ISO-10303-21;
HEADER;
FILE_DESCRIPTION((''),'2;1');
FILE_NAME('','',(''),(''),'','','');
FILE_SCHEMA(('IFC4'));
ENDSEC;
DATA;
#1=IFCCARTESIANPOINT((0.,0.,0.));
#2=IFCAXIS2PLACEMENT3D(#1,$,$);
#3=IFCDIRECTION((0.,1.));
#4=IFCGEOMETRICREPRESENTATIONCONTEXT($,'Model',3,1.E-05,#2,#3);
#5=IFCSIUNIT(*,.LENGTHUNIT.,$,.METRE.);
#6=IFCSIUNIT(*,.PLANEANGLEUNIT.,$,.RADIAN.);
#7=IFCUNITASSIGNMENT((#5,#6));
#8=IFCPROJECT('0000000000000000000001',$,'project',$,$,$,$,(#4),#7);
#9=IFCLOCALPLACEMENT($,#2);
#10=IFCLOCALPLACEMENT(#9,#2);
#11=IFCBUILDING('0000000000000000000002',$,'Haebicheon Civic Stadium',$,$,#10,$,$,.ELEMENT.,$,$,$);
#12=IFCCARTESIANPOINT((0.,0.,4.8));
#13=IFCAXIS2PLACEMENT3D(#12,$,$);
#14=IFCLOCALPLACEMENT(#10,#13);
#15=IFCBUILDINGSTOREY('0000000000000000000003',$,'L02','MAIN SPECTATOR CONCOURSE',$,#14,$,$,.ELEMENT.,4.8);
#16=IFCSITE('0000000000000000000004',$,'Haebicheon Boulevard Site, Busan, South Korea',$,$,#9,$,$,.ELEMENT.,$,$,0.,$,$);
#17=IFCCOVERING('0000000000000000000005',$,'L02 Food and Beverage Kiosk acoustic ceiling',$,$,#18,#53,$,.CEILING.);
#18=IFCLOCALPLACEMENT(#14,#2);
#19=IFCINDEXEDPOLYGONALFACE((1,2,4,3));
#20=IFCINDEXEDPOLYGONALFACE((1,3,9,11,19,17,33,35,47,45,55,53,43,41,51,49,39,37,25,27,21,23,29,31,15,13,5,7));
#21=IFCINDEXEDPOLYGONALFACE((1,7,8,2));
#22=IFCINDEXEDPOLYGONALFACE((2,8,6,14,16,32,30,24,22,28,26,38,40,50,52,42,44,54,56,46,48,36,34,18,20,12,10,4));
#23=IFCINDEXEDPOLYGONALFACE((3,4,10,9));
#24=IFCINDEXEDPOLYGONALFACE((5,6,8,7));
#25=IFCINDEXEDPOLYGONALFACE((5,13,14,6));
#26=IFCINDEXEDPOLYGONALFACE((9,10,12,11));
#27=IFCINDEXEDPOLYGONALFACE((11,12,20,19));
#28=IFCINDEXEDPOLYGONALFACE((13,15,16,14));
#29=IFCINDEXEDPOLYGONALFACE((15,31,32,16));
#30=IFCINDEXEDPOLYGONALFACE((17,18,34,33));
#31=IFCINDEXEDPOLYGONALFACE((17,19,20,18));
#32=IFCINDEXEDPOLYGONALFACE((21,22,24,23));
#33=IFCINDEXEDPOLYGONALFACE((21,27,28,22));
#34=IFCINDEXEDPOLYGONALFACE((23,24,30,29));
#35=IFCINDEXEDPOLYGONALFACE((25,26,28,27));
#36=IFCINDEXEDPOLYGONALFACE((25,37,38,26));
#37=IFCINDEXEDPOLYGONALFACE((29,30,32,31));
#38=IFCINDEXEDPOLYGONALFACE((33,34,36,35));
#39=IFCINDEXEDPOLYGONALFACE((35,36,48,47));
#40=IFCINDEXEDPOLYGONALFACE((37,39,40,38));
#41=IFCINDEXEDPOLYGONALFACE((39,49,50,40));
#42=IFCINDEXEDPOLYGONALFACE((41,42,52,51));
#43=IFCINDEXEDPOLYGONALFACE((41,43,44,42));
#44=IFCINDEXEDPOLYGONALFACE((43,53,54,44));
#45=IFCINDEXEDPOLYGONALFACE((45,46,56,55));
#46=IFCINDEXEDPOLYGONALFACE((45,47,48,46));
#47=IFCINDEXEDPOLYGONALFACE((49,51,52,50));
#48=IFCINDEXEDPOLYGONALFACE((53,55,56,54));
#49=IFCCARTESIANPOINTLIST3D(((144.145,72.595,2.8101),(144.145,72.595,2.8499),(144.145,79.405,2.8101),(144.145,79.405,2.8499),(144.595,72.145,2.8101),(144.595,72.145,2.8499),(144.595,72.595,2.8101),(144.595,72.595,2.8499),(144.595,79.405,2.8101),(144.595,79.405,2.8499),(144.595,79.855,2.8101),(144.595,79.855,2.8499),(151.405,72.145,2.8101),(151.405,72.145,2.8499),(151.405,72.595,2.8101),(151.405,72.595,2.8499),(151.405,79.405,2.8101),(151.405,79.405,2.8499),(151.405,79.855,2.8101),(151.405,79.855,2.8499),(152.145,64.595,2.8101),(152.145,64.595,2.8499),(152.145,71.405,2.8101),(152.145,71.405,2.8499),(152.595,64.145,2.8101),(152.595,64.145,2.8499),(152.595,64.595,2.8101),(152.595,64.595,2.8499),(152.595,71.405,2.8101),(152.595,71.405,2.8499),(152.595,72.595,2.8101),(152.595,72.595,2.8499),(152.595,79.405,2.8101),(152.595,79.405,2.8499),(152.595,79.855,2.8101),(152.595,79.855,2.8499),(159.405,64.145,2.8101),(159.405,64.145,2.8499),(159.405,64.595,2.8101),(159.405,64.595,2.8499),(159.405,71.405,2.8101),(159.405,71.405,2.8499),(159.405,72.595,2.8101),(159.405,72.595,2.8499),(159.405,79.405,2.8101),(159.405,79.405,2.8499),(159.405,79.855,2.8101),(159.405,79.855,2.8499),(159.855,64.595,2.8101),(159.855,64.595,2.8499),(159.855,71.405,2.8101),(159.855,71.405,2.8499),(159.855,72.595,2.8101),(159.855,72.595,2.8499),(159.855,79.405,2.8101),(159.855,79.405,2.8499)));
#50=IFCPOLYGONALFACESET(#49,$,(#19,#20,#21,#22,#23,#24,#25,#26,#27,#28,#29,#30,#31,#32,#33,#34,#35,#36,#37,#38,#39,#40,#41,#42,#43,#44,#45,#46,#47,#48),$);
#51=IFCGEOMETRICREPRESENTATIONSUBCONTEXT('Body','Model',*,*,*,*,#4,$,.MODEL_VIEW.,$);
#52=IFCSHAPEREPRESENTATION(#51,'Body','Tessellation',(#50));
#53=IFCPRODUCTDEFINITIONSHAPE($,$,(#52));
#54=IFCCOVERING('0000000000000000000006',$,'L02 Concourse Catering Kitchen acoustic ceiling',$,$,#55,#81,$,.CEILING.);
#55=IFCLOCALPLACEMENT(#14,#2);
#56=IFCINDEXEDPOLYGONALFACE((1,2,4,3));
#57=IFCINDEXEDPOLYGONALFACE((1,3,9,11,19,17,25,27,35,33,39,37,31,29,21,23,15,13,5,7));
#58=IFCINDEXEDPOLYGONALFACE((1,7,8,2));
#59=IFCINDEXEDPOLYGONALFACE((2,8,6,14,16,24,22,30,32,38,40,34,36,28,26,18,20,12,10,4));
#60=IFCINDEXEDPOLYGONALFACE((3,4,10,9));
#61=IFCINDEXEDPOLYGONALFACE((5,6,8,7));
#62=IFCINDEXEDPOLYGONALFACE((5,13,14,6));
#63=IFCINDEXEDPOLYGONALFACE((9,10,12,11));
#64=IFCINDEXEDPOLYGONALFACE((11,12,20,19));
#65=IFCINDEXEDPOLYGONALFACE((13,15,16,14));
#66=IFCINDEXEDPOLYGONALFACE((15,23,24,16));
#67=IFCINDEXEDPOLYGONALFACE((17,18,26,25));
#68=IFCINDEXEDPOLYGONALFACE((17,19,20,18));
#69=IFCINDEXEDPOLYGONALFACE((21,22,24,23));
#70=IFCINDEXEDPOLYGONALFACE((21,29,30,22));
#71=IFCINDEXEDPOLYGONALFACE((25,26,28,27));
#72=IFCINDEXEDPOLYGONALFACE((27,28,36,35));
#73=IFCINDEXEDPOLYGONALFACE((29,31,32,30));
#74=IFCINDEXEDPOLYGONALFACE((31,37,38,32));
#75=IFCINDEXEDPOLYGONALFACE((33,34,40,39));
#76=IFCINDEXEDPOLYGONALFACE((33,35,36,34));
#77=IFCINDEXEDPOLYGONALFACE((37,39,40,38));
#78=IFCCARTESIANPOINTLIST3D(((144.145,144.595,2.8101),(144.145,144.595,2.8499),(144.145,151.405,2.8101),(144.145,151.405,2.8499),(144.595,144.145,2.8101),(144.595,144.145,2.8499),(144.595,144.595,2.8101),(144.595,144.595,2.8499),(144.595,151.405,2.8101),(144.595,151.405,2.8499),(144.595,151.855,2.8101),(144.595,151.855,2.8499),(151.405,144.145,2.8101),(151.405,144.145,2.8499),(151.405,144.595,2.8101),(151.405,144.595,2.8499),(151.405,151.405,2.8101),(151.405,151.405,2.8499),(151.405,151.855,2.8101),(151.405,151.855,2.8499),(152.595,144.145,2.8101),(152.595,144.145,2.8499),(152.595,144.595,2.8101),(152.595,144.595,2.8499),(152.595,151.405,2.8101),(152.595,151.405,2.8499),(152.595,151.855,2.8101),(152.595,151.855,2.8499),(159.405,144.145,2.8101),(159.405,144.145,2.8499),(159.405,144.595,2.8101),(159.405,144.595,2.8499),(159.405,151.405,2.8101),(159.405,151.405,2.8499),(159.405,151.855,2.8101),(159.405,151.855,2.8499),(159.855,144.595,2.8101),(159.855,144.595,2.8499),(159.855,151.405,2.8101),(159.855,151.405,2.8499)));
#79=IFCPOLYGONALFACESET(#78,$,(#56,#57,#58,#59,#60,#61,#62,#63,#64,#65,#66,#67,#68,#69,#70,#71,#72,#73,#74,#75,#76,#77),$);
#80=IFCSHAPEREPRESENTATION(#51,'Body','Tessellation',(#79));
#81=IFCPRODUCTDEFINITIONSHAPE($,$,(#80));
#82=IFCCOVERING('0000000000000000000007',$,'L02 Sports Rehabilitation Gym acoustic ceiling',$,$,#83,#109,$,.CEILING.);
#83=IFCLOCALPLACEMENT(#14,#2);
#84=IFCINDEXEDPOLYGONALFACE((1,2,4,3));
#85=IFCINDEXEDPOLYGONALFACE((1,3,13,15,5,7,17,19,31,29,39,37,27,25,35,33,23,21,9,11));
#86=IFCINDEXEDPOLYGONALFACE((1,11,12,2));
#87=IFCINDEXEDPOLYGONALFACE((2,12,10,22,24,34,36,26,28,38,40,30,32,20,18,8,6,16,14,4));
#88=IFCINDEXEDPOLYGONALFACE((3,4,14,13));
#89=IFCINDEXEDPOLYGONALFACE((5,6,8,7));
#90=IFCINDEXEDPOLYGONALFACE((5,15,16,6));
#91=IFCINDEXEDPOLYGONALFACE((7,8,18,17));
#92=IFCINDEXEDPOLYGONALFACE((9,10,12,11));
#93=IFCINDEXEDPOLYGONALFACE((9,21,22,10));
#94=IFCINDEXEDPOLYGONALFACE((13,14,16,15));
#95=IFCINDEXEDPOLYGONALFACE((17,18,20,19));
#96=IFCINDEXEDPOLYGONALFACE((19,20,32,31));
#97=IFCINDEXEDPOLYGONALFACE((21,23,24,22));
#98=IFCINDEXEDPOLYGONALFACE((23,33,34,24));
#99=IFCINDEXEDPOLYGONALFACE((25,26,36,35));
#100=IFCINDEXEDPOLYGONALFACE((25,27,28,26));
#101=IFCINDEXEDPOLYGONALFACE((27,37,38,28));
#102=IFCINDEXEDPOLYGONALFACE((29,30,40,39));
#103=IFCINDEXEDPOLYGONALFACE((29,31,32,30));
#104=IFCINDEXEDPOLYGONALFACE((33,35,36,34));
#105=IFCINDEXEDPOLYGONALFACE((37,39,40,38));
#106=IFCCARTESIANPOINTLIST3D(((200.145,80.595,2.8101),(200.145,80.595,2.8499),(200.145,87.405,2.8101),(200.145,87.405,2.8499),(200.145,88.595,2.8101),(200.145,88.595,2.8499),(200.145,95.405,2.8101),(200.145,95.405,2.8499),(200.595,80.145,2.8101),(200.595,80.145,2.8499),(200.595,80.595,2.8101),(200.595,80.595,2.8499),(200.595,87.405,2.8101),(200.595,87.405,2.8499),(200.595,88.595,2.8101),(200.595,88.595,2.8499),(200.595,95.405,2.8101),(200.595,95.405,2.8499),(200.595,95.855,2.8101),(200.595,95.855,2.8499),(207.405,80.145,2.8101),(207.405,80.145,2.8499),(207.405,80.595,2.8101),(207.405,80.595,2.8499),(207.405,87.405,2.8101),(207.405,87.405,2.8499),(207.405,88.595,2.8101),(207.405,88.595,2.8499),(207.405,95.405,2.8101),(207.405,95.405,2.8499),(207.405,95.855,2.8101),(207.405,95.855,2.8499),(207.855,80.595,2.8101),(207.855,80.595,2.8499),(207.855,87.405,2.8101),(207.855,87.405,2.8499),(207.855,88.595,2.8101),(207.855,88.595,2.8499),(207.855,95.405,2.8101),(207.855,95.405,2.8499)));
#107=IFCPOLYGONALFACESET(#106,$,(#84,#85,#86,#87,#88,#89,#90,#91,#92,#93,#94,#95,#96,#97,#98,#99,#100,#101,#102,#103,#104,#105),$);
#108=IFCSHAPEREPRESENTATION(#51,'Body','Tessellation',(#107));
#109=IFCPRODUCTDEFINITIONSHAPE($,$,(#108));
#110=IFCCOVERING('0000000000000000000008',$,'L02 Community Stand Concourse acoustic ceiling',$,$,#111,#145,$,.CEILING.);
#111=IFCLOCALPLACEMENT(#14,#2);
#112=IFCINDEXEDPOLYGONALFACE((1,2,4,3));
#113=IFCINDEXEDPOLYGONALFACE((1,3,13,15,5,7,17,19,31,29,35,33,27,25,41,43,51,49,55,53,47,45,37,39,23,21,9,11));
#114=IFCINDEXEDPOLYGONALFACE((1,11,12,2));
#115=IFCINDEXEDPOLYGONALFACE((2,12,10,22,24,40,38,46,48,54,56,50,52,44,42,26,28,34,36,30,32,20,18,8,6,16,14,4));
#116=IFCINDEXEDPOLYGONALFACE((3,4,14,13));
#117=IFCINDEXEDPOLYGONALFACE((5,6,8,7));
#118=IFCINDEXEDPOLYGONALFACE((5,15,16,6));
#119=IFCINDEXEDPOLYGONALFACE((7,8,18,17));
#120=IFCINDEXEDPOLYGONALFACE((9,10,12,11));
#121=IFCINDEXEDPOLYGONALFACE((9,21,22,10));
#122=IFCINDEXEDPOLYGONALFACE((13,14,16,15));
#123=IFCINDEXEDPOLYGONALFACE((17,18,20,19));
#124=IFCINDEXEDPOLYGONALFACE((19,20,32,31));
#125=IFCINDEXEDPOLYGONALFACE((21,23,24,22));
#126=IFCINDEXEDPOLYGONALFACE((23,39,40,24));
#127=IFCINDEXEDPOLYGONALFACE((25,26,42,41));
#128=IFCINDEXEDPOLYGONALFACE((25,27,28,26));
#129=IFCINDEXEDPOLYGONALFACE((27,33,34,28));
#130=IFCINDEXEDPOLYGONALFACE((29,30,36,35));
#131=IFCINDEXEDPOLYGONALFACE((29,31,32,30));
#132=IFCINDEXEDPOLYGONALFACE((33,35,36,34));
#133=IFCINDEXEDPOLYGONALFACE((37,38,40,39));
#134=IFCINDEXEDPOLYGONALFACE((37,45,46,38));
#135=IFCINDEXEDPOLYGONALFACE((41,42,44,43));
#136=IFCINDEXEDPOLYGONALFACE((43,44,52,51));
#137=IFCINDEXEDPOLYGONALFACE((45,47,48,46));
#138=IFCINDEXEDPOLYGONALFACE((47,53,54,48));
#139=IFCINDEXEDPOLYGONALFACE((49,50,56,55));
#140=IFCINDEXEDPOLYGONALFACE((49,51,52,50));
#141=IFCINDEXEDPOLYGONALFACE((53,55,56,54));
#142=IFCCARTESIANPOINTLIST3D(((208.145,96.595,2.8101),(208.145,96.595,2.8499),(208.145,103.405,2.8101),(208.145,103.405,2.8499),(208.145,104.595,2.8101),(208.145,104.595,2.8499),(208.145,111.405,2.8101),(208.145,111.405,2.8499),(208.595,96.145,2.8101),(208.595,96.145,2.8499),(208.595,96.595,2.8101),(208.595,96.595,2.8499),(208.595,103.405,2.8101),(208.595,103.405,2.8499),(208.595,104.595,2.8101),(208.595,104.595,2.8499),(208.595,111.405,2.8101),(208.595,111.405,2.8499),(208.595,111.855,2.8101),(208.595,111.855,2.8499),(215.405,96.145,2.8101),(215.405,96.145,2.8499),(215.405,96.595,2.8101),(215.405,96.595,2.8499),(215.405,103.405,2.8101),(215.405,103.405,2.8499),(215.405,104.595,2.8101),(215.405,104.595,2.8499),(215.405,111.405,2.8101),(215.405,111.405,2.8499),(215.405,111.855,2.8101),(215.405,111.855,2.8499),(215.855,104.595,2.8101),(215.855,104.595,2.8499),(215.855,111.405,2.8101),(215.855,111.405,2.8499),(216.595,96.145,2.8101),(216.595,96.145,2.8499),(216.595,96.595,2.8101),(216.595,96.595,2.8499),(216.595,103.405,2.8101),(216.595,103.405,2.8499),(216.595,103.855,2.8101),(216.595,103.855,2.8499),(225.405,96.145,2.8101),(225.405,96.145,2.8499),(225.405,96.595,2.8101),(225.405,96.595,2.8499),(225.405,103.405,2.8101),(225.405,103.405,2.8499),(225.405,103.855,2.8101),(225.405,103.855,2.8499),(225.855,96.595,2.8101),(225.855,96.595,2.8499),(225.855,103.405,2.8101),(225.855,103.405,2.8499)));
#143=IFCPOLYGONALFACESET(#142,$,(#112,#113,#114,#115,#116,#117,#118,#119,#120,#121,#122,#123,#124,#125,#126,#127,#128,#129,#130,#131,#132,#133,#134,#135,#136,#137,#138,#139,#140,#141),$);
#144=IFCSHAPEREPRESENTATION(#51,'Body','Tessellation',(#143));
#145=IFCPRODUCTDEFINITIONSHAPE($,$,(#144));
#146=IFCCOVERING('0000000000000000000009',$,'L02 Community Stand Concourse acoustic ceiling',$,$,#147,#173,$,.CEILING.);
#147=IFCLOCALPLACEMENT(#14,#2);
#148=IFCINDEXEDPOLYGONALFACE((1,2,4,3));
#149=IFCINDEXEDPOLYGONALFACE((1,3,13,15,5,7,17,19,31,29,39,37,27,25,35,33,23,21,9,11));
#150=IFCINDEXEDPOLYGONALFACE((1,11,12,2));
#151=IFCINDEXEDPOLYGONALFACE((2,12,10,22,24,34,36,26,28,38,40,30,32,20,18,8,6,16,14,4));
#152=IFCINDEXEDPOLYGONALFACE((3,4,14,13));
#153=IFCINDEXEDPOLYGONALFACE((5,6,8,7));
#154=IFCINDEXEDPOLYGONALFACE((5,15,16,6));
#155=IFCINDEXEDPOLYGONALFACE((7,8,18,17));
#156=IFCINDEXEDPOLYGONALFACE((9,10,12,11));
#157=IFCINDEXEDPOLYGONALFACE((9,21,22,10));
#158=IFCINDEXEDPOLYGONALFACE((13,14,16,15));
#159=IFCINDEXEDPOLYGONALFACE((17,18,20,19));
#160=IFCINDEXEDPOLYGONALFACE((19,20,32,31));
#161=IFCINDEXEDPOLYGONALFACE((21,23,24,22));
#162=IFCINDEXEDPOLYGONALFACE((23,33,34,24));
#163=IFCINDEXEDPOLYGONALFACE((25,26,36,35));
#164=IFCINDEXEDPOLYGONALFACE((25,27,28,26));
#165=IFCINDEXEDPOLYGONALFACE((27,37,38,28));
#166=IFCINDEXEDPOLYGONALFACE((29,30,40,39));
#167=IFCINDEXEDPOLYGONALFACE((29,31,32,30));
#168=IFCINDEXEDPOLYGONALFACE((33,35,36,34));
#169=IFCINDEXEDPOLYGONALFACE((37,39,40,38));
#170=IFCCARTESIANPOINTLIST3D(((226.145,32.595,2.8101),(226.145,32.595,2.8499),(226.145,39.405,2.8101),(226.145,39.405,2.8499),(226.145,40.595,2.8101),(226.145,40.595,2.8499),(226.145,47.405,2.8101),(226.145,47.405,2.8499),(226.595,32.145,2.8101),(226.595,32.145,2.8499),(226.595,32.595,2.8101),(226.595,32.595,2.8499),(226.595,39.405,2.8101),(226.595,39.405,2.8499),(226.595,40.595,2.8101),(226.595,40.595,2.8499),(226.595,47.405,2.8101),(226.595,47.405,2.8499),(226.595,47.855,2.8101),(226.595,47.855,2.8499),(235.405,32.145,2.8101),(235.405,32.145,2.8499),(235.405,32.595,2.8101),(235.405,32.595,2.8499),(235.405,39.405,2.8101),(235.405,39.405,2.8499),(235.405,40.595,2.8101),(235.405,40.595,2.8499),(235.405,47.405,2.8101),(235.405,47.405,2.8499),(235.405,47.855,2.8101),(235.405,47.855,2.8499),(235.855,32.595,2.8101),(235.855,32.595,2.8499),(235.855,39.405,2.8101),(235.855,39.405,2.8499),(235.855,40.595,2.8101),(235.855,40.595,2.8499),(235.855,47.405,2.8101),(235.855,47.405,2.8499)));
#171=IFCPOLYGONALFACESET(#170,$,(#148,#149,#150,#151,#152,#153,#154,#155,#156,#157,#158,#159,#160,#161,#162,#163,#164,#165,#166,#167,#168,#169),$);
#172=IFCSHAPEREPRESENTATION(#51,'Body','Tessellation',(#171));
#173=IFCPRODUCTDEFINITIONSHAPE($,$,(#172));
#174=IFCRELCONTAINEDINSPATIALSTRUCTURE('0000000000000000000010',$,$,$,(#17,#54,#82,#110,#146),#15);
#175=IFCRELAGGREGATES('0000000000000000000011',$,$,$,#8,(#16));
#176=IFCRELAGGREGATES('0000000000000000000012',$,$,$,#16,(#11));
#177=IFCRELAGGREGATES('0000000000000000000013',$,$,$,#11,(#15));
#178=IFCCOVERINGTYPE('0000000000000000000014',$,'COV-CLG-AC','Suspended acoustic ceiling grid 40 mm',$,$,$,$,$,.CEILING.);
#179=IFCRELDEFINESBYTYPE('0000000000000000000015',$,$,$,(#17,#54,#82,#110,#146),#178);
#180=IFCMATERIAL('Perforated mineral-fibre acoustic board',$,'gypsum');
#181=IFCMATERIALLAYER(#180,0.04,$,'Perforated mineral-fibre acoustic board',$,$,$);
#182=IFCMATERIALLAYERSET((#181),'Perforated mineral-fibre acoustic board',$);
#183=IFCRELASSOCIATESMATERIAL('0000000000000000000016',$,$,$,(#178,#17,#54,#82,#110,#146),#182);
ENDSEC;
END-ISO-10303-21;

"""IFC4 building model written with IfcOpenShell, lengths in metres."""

from ifc_helpers import new_model, si_unit, direction, frame, origin, place, context, subcontext, project, spatial, polyline, outline, extrude, material, layer, layer_set, type_object, element, save


model = new_model("IFC4")

# Units and contexts
model_context = context("Model", 3, precision=1e-05, world=origin(), true_north=direction((0.0, 1.0)))
body_context = subcontext(model_context, "Body", "Model", "MODEL_VIEW")
ifc_project = project(units=[si_unit("LENGTHUNIT", "METRE"), si_unit("PLANEANGLEUNIT", "RADIAN")], contexts=[model_context])

# Site, building, storey
site_placement = place(None, origin())
site = spatial("IfcSite", under=ifc_project, at=site_placement, Name="Haebicheon Boulevard Site, Busan, South Korea", CompositionType="ELEMENT", RefElevation=0.0)
building_placement = place(site_placement, origin())
building = spatial("IfcBuilding", under=site, at=building_placement, Name="Haebicheon Civic Stadium", CompositionType="ELEMENT")
storey_placement = place(building_placement, frame((0.0, 0.0, 4.8)))
storey = spatial("IfcBuildingStorey", under=building, at=storey_placement, Name="L02", Description="MAIN SPECTATOR CONCOURSE", CompositionType="ELEMENT", Elevation=4.8)

# Coverings
ifc_material_1 = material(Name="Perforated mineral-fibre acoustic board", Category="gypsum")
ifc_layer_1 = layer(ifc_material_1, 0.04, Name="Perforated mineral-fibre acoustic board")
ifc_layer_set_1 = layer_set([ifc_layer_1], Name="Perforated mineral-fibre acoustic board")
covering_type_1 = type_object("IfcCoveringType", Name="COV-CLG-AC", Description="Suspended acoustic ceiling grid 40 mm", PredefinedType="CEILING", material=ifc_layer_set_1)
covering_1_placement = place(storey_placement, frame((0.0, 0.0, 2.8101)))
element("IfcCovering", 1, at=covering_1_placement, inside=storey, type_object=covering_type_1, material=ifc_layer_set_1, Name="L02 Food and Beverage Kiosk acoustic ceiling", PredefinedType="CEILING", context=body_context, shape_type="SweptSolid", body=[
    extrude(outline(polyline([(152.595, 64.145), (152.595, 64.595), (152.145, 64.595), (152.145, 71.405), (152.595, 71.405), (152.595, 72.595), (151.405, 72.595), (151.405, 72.145), (144.595, 72.145), (144.595, 72.595), (144.145, 72.595), (144.145, 79.405), (144.595, 79.405), (144.595, 79.855), (151.405, 79.855), (151.405, 79.405), (152.595, 79.405), (152.595, 79.855), (159.405, 79.855), (159.405, 79.405), (159.855, 79.405), (159.855, 72.595), (159.405, 72.595), (159.405, 71.405), (159.855, 71.405), (159.855, 64.595), (159.405, 64.595), (159.405, 64.145), (152.595, 64.145)])), origin(), (0.0, 0.0, 1.0), 0.0398),
])
covering_2_placement = place(storey_placement, frame((0.0, 0.0, 2.8101)))
element("IfcCovering", 2, at=covering_2_placement, inside=storey, type_object=covering_type_1, material=ifc_layer_set_1, Name="L02 Concourse Catering Kitchen acoustic ceiling", PredefinedType="CEILING", context=body_context, shape_type="SweptSolid", body=[
    extrude(outline(polyline([(144.145, 151.405), (144.595, 151.405), (144.595, 151.855), (151.405, 151.855), (151.405, 151.405), (152.595, 151.405), (152.595, 151.855), (159.405, 151.855), (159.405, 151.405), (159.855, 151.405), (159.855, 144.595), (159.405, 144.595), (159.405, 144.145), (152.595, 144.145), (152.595, 144.595), (151.405, 144.595), (151.405, 144.145), (144.595, 144.145), (144.595, 144.595), (144.145, 144.595), (144.145, 151.405)])), origin(), (0.0, 0.0, 1.0), 0.0398),
])
covering_3_placement = place(storey_placement, frame((0.0, 0.0, 2.8101)))
element("IfcCovering", 3, at=covering_3_placement, inside=storey, type_object=covering_type_1, material=ifc_layer_set_1, Name="L02 Sports Rehabilitation Gym acoustic ceiling", PredefinedType="CEILING", context=body_context, shape_type="SweptSolid", body=[
    extrude(outline(polyline([(200.595, 80.145), (200.595, 80.595), (200.145, 80.595), (200.145, 87.405), (200.595, 87.405), (200.595, 88.595), (200.145, 88.595), (200.145, 95.405), (200.595, 95.405), (200.595, 95.855), (207.405, 95.855), (207.405, 95.405), (207.855, 95.405), (207.855, 88.595), (207.405, 88.595), (207.405, 87.405), (207.855, 87.405), (207.855, 80.595), (207.405, 80.595), (207.405, 80.145), (200.595, 80.145)])), origin(), (0.0, 0.0, 1.0), 0.0398),
])
covering_4_placement = place(storey_placement, frame((0.0, 0.0, 2.8101)))
element("IfcCovering", 4, at=covering_4_placement, inside=storey, type_object=covering_type_1, material=ifc_layer_set_1, Name="L02 Community Stand Concourse acoustic ceiling", PredefinedType="CEILING", context=body_context, shape_type="SweptSolid", body=[
    extrude(outline(polyline([(208.145, 103.405), (208.595, 103.405), (208.595, 104.595), (208.145, 104.595), (208.145, 111.405), (208.595, 111.405), (208.595, 111.855), (215.405, 111.855), (215.405, 111.405), (215.855, 111.405), (215.855, 104.595), (215.405, 104.595), (215.405, 103.405), (216.595, 103.405), (216.595, 103.855), (225.405, 103.855), (225.405, 103.405), (225.855, 103.405), (225.855, 96.595), (225.405, 96.595), (225.405, 96.145), (216.595, 96.145), (216.595, 96.595), (215.405, 96.595), (215.405, 96.145), (208.595, 96.145), (208.595, 96.595), (208.145, 96.595), (208.145, 103.405)])), origin(), (0.0, 0.0, 1.0), 0.0398),
])
covering_5_placement = place(storey_placement, frame((0.0, 0.0, 2.8101)))
element("IfcCovering", 5, at=covering_5_placement, inside=storey, type_object=covering_type_1, material=ifc_layer_set_1, Name="L02 Community Stand Concourse acoustic ceiling", PredefinedType="CEILING", context=body_context, shape_type="SweptSolid", body=[
    extrude(outline(polyline([(226.595, 32.145), (226.595, 32.595), (226.145, 32.595), (226.145, 39.405), (226.595, 39.405), (226.595, 40.595), (226.145, 40.595), (226.145, 47.405), (226.595, 47.405), (226.595, 47.855), (235.405, 47.855), (235.405, 47.405), (235.855, 47.405), (235.855, 40.595), (235.405, 40.595), (235.405, 39.405), (235.855, 39.405), (235.855, 32.595), (235.405, 32.595), (235.405, 32.145), (226.595, 32.145)])), origin(), (0.0, 0.0, 1.0), 0.0398),
])

save(model, "model.ifc")
